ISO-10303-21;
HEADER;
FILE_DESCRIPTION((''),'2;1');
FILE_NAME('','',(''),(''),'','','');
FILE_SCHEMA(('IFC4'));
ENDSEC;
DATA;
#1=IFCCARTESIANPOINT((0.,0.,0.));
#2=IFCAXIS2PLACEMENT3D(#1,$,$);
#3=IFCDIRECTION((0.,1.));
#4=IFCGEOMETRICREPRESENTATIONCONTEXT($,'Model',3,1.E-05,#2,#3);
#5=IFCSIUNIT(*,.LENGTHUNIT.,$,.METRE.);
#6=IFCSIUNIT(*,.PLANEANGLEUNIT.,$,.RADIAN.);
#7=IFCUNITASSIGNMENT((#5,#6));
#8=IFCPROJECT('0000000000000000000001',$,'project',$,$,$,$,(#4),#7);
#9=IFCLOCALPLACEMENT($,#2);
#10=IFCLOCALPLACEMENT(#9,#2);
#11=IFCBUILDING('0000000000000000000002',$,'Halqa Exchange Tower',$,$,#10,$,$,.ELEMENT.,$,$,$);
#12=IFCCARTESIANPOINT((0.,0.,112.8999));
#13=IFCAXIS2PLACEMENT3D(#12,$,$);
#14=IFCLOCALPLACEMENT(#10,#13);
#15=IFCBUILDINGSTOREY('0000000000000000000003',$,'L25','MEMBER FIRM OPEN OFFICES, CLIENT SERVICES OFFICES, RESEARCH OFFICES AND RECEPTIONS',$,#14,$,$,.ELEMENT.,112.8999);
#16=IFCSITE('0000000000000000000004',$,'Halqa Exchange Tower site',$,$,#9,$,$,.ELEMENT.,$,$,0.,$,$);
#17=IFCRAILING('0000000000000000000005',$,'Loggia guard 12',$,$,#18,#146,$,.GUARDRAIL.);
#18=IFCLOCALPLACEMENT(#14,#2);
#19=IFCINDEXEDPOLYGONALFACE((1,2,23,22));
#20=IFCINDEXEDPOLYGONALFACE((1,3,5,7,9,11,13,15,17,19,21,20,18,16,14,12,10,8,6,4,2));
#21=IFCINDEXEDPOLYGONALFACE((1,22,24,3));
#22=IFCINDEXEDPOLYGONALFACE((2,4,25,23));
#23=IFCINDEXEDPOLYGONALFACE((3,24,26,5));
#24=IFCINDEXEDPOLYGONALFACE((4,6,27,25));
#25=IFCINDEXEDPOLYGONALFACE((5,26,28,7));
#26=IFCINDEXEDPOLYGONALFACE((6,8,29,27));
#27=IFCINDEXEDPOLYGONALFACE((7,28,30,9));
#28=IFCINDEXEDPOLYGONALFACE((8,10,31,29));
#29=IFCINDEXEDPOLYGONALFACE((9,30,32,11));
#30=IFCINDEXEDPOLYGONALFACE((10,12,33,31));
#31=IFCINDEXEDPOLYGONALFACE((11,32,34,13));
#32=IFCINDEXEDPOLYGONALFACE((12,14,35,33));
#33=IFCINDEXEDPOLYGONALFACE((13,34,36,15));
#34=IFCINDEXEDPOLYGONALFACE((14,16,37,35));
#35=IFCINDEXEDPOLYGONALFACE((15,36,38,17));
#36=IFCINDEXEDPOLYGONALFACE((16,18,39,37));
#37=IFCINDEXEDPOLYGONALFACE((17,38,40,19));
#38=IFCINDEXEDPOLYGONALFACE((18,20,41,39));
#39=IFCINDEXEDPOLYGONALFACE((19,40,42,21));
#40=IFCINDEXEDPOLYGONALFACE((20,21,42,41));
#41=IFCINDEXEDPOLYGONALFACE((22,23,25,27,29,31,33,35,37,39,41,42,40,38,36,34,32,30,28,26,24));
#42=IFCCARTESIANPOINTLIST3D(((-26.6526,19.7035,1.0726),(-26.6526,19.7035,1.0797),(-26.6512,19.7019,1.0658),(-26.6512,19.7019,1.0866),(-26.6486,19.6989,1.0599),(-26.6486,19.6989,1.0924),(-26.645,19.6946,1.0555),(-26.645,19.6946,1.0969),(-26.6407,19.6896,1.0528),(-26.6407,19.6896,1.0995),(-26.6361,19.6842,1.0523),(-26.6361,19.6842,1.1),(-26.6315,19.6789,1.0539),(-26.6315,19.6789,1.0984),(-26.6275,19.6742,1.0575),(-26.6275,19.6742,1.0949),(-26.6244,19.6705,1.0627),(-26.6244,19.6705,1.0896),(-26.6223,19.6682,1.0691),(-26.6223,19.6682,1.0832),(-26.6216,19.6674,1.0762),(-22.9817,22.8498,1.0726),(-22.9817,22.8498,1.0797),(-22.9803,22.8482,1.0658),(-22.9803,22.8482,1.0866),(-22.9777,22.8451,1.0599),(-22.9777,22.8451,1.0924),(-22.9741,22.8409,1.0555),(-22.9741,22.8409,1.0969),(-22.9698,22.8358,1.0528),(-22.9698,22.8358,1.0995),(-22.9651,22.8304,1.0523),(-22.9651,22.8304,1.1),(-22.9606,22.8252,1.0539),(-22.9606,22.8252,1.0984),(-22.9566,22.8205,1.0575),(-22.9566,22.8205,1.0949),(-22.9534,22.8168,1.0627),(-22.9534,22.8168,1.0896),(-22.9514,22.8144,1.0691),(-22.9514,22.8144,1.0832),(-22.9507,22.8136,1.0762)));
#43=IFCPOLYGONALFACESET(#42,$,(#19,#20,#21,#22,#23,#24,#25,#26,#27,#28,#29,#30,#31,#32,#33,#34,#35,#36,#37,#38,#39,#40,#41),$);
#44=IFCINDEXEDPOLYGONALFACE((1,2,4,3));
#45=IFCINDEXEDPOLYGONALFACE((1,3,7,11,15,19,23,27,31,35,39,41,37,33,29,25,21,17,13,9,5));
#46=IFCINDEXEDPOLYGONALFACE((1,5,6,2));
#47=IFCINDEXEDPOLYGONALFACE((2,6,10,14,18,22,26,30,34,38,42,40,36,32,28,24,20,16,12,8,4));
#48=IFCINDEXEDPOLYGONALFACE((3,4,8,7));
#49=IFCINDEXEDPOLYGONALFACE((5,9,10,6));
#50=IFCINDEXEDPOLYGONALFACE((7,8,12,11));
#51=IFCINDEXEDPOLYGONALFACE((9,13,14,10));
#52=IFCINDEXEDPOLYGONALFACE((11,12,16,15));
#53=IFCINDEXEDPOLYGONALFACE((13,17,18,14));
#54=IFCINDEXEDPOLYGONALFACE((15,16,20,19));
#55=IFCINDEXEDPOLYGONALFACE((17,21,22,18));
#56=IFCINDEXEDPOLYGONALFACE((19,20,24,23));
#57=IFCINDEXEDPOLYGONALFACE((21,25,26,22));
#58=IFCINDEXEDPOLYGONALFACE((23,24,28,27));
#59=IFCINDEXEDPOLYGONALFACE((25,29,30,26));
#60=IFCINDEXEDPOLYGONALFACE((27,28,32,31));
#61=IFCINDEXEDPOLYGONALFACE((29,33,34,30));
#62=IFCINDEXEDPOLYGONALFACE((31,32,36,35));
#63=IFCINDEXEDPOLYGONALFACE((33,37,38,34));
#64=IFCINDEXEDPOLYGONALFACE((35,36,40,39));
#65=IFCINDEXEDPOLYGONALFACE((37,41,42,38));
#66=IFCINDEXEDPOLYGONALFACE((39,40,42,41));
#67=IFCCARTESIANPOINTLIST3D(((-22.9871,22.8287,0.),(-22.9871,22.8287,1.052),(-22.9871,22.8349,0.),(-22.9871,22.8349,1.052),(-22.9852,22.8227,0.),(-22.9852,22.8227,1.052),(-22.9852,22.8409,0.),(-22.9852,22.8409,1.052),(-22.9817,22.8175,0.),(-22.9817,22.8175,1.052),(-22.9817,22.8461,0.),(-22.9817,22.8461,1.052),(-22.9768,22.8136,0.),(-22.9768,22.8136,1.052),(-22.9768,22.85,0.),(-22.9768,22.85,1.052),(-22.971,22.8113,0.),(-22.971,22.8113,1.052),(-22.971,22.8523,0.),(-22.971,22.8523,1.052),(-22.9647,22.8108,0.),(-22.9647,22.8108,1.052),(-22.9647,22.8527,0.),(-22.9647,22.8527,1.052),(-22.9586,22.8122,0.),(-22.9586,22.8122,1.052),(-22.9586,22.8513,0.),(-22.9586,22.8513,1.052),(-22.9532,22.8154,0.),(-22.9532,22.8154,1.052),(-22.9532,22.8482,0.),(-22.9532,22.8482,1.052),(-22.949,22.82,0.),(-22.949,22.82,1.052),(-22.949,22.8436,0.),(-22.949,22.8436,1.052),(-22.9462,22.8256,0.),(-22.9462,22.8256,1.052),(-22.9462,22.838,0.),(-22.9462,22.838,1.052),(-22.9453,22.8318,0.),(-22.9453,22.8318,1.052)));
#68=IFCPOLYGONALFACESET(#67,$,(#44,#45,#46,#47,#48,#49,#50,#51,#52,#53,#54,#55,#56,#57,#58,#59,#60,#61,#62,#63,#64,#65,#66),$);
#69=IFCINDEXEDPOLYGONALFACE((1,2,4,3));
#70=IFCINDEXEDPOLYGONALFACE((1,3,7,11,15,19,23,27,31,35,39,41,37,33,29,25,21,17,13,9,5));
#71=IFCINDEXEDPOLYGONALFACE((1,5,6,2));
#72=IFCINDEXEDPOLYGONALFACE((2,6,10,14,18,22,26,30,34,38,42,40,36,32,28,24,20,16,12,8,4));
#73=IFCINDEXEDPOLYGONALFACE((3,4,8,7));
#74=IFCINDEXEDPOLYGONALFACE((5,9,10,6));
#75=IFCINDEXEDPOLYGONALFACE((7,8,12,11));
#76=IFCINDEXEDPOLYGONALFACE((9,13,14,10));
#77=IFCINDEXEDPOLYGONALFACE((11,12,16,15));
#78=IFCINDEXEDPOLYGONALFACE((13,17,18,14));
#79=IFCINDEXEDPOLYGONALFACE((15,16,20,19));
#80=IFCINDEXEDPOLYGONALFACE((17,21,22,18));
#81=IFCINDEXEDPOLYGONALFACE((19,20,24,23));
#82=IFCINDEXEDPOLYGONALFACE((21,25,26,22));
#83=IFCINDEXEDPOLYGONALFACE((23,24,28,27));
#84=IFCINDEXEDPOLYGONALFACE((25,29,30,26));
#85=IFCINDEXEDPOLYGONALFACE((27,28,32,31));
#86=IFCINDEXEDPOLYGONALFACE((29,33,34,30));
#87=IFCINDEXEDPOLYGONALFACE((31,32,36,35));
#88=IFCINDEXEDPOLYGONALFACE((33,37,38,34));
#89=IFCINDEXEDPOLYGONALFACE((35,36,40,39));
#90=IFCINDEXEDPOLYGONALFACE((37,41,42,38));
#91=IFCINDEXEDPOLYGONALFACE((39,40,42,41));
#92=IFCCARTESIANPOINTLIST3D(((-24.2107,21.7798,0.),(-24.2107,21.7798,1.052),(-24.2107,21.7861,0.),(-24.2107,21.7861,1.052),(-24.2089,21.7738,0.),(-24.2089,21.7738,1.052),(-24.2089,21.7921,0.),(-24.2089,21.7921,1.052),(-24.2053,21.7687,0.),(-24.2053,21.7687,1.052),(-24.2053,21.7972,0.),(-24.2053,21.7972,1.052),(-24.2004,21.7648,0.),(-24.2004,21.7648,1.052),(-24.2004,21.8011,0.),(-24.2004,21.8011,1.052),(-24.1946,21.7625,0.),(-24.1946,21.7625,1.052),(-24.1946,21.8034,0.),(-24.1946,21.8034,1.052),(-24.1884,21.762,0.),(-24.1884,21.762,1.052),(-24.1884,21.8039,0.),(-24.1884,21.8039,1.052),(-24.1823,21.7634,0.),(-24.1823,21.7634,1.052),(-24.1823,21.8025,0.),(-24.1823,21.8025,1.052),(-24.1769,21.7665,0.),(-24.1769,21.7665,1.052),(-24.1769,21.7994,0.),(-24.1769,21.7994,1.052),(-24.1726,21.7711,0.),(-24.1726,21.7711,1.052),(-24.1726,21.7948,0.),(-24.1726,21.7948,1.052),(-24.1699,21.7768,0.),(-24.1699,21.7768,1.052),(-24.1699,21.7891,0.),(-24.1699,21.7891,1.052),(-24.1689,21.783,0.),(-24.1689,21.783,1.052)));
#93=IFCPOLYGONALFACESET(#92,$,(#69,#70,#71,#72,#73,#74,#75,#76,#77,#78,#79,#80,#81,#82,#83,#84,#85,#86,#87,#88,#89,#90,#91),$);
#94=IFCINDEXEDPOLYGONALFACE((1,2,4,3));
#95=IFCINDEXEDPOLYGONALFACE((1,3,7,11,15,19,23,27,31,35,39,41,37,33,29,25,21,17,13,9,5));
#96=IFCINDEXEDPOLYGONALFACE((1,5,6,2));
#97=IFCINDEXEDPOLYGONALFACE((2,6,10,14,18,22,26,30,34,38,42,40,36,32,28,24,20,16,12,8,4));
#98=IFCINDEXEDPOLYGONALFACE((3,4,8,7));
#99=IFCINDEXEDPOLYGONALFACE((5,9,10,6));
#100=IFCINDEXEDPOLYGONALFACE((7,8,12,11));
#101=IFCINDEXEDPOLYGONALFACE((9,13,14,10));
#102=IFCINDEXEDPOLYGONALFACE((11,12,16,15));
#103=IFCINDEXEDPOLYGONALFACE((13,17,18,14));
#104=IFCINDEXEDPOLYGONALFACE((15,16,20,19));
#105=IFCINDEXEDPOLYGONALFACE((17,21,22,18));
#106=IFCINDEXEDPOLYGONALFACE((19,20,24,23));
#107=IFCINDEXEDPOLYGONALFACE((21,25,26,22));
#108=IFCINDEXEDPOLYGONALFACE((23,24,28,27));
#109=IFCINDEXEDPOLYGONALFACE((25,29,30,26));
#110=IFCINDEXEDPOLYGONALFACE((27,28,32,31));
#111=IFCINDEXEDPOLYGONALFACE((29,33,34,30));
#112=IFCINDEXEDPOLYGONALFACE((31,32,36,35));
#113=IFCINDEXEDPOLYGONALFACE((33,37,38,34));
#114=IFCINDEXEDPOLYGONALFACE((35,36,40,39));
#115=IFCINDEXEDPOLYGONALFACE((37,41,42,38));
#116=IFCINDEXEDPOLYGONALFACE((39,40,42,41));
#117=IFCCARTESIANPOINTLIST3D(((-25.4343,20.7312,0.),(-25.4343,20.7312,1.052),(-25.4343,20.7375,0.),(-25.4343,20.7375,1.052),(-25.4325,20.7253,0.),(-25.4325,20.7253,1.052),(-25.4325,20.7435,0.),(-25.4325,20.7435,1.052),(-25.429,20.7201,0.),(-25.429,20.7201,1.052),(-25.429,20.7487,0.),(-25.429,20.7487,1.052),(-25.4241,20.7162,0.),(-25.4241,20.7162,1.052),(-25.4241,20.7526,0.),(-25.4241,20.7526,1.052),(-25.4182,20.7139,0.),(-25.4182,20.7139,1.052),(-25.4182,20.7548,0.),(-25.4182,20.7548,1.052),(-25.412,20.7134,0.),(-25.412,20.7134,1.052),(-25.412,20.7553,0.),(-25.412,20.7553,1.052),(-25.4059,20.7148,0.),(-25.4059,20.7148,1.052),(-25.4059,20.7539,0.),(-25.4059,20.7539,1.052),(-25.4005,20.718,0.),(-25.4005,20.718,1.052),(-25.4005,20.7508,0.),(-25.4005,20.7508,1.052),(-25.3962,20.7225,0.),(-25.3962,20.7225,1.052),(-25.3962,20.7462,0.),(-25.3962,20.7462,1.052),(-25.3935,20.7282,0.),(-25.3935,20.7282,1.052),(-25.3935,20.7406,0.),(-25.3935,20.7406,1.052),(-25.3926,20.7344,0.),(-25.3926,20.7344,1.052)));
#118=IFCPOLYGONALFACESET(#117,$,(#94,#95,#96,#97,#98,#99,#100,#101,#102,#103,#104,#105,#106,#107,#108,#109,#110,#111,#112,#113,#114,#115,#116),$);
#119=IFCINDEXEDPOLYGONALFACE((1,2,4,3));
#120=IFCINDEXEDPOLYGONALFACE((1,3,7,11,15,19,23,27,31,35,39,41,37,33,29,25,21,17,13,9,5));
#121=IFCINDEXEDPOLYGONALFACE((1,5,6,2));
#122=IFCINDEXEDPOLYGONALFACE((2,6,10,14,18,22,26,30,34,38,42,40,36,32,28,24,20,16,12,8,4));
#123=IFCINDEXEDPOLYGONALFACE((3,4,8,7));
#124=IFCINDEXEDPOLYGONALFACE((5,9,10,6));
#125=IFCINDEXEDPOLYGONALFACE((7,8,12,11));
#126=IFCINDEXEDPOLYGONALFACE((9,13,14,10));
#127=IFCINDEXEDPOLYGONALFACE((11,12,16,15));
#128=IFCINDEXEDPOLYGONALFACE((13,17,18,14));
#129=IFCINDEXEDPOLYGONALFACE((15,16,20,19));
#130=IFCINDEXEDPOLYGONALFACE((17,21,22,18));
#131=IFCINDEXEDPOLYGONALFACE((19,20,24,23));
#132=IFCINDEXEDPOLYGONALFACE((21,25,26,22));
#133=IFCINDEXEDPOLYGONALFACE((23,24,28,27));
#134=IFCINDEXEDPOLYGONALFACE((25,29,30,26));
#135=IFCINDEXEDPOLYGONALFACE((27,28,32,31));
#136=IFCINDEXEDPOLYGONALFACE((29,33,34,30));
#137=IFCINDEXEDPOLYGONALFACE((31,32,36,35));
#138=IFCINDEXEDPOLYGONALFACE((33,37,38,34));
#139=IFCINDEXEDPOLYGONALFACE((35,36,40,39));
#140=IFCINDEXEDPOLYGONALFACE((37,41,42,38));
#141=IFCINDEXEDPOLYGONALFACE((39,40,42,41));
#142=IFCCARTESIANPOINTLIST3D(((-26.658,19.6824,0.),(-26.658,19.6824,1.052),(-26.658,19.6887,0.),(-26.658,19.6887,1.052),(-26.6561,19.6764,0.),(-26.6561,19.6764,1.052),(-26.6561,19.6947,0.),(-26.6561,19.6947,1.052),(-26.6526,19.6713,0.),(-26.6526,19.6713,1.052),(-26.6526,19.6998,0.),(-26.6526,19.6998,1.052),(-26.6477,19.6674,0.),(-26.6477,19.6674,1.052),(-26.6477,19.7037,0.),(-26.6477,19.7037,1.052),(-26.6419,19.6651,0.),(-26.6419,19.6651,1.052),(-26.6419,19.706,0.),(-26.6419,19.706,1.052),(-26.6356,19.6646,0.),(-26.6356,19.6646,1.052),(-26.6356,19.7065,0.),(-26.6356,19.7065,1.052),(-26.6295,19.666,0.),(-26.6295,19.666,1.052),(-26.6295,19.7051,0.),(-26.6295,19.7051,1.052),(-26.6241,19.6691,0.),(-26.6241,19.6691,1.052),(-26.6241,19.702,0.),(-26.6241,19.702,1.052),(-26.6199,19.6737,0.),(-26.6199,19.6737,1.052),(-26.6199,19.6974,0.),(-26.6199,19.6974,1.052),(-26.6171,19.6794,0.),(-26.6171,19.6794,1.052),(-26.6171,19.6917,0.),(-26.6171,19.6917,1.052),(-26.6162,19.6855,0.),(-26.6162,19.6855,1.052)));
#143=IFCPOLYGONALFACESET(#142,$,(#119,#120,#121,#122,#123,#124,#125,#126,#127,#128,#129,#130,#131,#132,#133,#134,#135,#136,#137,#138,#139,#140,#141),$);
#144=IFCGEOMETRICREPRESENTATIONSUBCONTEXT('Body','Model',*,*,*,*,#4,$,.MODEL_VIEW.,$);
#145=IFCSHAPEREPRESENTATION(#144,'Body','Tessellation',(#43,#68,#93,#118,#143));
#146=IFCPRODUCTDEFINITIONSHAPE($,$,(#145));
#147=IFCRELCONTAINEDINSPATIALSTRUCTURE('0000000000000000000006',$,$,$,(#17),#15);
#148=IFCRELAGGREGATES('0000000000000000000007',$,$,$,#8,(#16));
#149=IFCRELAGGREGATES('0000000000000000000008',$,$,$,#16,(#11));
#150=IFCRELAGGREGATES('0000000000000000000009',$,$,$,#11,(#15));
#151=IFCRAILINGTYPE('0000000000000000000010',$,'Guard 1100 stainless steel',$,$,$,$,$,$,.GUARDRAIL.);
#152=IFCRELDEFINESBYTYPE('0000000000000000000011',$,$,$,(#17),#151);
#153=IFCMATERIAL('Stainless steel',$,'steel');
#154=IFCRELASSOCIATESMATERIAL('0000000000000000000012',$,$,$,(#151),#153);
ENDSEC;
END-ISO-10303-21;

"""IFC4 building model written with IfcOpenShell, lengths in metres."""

from ifc_helpers import new_model, si_unit, direction, frame, origin, origin_2d, place, context, subcontext, project, spatial, circle, extrude, material, type_object, element, save


model = new_model("IFC4")

# Units and contexts
model_context = context("Model", 3, precision=1e-05, world=origin(), true_north=direction((0.0, 1.0)))
body_context = subcontext(model_context, "Body", "Model", "MODEL_VIEW")
ifc_project = project(units=[si_unit("LENGTHUNIT", "METRE"), si_unit("PLANEANGLEUNIT", "RADIAN")], contexts=[model_context])

# Site, building, storey
site_placement = place(None, origin())
site = spatial("IfcSite", under=ifc_project, at=site_placement, Name="Halqa Exchange Tower site", CompositionType="ELEMENT", RefElevation=0.0)
building_placement = place(site_placement, origin())
building = spatial("IfcBuilding", under=site, at=building_placement, Name="Halqa Exchange Tower", CompositionType="ELEMENT")
storey_placement = place(building_placement, frame((0.0, 0.0, 112.8999)))
storey = spatial("IfcBuildingStorey", under=building, at=storey_placement, Name="L25", Description="MEMBER FIRM OPEN OFFICES, CLIENT SERVICES OFFICES, RESEARCH OFFICES AND RECEPTIONS", CompositionType="ELEMENT", Elevation=112.8999)

# Railing
ifc_material_1 = material(Name="Stainless steel", Category="steel")
railing_type = type_object("IfcRailingType", Name="Guard 1100 stainless steel", PredefinedType="GUARDRAIL", material=ifc_material_1)
railing_1_placement = place(storey_placement, frame((-22.9663, 22.8318, 0.0)))
element("IfcRailing", 1, at=railing_1_placement, inside=storey, type_object=railing_type, Name="Loggia guard 12", PredefinedType="GUARDRAIL", context=body_context, shape_type="SweptSolid", body=[
    extrude(circle(Radius=0.0239, at=origin_2d()), frame((0.0, 0.0, 1.0762), z_axis=(-0.759282, -0.650762, 0.0), x_axis=(0.650762, -0.759282, 0.0)), (0.0, 0.0, 1.0), 4.8347),
    extrude(circle(Radius=0.021, at=origin_2d()), origin(), (0.0, 0.0, 1.0), 1.052),
    extrude(circle(Radius=0.021, at=origin_2d()), frame((-1.2236, -1.0488, 0.0)), (0.0, 0.0, 1.0), 1.052),
    extrude(circle(Radius=0.021, at=origin_2d()), frame((-2.4473, -2.0974, 0.0)), (0.0, 0.0, 1.0), 1.052),
    extrude(circle(Radius=0.021, at=origin_2d()), frame((-3.6709, -3.1462, 0.0)), (0.0, 0.0, 1.0), 1.052),
])

save(model, "model.ifc")
